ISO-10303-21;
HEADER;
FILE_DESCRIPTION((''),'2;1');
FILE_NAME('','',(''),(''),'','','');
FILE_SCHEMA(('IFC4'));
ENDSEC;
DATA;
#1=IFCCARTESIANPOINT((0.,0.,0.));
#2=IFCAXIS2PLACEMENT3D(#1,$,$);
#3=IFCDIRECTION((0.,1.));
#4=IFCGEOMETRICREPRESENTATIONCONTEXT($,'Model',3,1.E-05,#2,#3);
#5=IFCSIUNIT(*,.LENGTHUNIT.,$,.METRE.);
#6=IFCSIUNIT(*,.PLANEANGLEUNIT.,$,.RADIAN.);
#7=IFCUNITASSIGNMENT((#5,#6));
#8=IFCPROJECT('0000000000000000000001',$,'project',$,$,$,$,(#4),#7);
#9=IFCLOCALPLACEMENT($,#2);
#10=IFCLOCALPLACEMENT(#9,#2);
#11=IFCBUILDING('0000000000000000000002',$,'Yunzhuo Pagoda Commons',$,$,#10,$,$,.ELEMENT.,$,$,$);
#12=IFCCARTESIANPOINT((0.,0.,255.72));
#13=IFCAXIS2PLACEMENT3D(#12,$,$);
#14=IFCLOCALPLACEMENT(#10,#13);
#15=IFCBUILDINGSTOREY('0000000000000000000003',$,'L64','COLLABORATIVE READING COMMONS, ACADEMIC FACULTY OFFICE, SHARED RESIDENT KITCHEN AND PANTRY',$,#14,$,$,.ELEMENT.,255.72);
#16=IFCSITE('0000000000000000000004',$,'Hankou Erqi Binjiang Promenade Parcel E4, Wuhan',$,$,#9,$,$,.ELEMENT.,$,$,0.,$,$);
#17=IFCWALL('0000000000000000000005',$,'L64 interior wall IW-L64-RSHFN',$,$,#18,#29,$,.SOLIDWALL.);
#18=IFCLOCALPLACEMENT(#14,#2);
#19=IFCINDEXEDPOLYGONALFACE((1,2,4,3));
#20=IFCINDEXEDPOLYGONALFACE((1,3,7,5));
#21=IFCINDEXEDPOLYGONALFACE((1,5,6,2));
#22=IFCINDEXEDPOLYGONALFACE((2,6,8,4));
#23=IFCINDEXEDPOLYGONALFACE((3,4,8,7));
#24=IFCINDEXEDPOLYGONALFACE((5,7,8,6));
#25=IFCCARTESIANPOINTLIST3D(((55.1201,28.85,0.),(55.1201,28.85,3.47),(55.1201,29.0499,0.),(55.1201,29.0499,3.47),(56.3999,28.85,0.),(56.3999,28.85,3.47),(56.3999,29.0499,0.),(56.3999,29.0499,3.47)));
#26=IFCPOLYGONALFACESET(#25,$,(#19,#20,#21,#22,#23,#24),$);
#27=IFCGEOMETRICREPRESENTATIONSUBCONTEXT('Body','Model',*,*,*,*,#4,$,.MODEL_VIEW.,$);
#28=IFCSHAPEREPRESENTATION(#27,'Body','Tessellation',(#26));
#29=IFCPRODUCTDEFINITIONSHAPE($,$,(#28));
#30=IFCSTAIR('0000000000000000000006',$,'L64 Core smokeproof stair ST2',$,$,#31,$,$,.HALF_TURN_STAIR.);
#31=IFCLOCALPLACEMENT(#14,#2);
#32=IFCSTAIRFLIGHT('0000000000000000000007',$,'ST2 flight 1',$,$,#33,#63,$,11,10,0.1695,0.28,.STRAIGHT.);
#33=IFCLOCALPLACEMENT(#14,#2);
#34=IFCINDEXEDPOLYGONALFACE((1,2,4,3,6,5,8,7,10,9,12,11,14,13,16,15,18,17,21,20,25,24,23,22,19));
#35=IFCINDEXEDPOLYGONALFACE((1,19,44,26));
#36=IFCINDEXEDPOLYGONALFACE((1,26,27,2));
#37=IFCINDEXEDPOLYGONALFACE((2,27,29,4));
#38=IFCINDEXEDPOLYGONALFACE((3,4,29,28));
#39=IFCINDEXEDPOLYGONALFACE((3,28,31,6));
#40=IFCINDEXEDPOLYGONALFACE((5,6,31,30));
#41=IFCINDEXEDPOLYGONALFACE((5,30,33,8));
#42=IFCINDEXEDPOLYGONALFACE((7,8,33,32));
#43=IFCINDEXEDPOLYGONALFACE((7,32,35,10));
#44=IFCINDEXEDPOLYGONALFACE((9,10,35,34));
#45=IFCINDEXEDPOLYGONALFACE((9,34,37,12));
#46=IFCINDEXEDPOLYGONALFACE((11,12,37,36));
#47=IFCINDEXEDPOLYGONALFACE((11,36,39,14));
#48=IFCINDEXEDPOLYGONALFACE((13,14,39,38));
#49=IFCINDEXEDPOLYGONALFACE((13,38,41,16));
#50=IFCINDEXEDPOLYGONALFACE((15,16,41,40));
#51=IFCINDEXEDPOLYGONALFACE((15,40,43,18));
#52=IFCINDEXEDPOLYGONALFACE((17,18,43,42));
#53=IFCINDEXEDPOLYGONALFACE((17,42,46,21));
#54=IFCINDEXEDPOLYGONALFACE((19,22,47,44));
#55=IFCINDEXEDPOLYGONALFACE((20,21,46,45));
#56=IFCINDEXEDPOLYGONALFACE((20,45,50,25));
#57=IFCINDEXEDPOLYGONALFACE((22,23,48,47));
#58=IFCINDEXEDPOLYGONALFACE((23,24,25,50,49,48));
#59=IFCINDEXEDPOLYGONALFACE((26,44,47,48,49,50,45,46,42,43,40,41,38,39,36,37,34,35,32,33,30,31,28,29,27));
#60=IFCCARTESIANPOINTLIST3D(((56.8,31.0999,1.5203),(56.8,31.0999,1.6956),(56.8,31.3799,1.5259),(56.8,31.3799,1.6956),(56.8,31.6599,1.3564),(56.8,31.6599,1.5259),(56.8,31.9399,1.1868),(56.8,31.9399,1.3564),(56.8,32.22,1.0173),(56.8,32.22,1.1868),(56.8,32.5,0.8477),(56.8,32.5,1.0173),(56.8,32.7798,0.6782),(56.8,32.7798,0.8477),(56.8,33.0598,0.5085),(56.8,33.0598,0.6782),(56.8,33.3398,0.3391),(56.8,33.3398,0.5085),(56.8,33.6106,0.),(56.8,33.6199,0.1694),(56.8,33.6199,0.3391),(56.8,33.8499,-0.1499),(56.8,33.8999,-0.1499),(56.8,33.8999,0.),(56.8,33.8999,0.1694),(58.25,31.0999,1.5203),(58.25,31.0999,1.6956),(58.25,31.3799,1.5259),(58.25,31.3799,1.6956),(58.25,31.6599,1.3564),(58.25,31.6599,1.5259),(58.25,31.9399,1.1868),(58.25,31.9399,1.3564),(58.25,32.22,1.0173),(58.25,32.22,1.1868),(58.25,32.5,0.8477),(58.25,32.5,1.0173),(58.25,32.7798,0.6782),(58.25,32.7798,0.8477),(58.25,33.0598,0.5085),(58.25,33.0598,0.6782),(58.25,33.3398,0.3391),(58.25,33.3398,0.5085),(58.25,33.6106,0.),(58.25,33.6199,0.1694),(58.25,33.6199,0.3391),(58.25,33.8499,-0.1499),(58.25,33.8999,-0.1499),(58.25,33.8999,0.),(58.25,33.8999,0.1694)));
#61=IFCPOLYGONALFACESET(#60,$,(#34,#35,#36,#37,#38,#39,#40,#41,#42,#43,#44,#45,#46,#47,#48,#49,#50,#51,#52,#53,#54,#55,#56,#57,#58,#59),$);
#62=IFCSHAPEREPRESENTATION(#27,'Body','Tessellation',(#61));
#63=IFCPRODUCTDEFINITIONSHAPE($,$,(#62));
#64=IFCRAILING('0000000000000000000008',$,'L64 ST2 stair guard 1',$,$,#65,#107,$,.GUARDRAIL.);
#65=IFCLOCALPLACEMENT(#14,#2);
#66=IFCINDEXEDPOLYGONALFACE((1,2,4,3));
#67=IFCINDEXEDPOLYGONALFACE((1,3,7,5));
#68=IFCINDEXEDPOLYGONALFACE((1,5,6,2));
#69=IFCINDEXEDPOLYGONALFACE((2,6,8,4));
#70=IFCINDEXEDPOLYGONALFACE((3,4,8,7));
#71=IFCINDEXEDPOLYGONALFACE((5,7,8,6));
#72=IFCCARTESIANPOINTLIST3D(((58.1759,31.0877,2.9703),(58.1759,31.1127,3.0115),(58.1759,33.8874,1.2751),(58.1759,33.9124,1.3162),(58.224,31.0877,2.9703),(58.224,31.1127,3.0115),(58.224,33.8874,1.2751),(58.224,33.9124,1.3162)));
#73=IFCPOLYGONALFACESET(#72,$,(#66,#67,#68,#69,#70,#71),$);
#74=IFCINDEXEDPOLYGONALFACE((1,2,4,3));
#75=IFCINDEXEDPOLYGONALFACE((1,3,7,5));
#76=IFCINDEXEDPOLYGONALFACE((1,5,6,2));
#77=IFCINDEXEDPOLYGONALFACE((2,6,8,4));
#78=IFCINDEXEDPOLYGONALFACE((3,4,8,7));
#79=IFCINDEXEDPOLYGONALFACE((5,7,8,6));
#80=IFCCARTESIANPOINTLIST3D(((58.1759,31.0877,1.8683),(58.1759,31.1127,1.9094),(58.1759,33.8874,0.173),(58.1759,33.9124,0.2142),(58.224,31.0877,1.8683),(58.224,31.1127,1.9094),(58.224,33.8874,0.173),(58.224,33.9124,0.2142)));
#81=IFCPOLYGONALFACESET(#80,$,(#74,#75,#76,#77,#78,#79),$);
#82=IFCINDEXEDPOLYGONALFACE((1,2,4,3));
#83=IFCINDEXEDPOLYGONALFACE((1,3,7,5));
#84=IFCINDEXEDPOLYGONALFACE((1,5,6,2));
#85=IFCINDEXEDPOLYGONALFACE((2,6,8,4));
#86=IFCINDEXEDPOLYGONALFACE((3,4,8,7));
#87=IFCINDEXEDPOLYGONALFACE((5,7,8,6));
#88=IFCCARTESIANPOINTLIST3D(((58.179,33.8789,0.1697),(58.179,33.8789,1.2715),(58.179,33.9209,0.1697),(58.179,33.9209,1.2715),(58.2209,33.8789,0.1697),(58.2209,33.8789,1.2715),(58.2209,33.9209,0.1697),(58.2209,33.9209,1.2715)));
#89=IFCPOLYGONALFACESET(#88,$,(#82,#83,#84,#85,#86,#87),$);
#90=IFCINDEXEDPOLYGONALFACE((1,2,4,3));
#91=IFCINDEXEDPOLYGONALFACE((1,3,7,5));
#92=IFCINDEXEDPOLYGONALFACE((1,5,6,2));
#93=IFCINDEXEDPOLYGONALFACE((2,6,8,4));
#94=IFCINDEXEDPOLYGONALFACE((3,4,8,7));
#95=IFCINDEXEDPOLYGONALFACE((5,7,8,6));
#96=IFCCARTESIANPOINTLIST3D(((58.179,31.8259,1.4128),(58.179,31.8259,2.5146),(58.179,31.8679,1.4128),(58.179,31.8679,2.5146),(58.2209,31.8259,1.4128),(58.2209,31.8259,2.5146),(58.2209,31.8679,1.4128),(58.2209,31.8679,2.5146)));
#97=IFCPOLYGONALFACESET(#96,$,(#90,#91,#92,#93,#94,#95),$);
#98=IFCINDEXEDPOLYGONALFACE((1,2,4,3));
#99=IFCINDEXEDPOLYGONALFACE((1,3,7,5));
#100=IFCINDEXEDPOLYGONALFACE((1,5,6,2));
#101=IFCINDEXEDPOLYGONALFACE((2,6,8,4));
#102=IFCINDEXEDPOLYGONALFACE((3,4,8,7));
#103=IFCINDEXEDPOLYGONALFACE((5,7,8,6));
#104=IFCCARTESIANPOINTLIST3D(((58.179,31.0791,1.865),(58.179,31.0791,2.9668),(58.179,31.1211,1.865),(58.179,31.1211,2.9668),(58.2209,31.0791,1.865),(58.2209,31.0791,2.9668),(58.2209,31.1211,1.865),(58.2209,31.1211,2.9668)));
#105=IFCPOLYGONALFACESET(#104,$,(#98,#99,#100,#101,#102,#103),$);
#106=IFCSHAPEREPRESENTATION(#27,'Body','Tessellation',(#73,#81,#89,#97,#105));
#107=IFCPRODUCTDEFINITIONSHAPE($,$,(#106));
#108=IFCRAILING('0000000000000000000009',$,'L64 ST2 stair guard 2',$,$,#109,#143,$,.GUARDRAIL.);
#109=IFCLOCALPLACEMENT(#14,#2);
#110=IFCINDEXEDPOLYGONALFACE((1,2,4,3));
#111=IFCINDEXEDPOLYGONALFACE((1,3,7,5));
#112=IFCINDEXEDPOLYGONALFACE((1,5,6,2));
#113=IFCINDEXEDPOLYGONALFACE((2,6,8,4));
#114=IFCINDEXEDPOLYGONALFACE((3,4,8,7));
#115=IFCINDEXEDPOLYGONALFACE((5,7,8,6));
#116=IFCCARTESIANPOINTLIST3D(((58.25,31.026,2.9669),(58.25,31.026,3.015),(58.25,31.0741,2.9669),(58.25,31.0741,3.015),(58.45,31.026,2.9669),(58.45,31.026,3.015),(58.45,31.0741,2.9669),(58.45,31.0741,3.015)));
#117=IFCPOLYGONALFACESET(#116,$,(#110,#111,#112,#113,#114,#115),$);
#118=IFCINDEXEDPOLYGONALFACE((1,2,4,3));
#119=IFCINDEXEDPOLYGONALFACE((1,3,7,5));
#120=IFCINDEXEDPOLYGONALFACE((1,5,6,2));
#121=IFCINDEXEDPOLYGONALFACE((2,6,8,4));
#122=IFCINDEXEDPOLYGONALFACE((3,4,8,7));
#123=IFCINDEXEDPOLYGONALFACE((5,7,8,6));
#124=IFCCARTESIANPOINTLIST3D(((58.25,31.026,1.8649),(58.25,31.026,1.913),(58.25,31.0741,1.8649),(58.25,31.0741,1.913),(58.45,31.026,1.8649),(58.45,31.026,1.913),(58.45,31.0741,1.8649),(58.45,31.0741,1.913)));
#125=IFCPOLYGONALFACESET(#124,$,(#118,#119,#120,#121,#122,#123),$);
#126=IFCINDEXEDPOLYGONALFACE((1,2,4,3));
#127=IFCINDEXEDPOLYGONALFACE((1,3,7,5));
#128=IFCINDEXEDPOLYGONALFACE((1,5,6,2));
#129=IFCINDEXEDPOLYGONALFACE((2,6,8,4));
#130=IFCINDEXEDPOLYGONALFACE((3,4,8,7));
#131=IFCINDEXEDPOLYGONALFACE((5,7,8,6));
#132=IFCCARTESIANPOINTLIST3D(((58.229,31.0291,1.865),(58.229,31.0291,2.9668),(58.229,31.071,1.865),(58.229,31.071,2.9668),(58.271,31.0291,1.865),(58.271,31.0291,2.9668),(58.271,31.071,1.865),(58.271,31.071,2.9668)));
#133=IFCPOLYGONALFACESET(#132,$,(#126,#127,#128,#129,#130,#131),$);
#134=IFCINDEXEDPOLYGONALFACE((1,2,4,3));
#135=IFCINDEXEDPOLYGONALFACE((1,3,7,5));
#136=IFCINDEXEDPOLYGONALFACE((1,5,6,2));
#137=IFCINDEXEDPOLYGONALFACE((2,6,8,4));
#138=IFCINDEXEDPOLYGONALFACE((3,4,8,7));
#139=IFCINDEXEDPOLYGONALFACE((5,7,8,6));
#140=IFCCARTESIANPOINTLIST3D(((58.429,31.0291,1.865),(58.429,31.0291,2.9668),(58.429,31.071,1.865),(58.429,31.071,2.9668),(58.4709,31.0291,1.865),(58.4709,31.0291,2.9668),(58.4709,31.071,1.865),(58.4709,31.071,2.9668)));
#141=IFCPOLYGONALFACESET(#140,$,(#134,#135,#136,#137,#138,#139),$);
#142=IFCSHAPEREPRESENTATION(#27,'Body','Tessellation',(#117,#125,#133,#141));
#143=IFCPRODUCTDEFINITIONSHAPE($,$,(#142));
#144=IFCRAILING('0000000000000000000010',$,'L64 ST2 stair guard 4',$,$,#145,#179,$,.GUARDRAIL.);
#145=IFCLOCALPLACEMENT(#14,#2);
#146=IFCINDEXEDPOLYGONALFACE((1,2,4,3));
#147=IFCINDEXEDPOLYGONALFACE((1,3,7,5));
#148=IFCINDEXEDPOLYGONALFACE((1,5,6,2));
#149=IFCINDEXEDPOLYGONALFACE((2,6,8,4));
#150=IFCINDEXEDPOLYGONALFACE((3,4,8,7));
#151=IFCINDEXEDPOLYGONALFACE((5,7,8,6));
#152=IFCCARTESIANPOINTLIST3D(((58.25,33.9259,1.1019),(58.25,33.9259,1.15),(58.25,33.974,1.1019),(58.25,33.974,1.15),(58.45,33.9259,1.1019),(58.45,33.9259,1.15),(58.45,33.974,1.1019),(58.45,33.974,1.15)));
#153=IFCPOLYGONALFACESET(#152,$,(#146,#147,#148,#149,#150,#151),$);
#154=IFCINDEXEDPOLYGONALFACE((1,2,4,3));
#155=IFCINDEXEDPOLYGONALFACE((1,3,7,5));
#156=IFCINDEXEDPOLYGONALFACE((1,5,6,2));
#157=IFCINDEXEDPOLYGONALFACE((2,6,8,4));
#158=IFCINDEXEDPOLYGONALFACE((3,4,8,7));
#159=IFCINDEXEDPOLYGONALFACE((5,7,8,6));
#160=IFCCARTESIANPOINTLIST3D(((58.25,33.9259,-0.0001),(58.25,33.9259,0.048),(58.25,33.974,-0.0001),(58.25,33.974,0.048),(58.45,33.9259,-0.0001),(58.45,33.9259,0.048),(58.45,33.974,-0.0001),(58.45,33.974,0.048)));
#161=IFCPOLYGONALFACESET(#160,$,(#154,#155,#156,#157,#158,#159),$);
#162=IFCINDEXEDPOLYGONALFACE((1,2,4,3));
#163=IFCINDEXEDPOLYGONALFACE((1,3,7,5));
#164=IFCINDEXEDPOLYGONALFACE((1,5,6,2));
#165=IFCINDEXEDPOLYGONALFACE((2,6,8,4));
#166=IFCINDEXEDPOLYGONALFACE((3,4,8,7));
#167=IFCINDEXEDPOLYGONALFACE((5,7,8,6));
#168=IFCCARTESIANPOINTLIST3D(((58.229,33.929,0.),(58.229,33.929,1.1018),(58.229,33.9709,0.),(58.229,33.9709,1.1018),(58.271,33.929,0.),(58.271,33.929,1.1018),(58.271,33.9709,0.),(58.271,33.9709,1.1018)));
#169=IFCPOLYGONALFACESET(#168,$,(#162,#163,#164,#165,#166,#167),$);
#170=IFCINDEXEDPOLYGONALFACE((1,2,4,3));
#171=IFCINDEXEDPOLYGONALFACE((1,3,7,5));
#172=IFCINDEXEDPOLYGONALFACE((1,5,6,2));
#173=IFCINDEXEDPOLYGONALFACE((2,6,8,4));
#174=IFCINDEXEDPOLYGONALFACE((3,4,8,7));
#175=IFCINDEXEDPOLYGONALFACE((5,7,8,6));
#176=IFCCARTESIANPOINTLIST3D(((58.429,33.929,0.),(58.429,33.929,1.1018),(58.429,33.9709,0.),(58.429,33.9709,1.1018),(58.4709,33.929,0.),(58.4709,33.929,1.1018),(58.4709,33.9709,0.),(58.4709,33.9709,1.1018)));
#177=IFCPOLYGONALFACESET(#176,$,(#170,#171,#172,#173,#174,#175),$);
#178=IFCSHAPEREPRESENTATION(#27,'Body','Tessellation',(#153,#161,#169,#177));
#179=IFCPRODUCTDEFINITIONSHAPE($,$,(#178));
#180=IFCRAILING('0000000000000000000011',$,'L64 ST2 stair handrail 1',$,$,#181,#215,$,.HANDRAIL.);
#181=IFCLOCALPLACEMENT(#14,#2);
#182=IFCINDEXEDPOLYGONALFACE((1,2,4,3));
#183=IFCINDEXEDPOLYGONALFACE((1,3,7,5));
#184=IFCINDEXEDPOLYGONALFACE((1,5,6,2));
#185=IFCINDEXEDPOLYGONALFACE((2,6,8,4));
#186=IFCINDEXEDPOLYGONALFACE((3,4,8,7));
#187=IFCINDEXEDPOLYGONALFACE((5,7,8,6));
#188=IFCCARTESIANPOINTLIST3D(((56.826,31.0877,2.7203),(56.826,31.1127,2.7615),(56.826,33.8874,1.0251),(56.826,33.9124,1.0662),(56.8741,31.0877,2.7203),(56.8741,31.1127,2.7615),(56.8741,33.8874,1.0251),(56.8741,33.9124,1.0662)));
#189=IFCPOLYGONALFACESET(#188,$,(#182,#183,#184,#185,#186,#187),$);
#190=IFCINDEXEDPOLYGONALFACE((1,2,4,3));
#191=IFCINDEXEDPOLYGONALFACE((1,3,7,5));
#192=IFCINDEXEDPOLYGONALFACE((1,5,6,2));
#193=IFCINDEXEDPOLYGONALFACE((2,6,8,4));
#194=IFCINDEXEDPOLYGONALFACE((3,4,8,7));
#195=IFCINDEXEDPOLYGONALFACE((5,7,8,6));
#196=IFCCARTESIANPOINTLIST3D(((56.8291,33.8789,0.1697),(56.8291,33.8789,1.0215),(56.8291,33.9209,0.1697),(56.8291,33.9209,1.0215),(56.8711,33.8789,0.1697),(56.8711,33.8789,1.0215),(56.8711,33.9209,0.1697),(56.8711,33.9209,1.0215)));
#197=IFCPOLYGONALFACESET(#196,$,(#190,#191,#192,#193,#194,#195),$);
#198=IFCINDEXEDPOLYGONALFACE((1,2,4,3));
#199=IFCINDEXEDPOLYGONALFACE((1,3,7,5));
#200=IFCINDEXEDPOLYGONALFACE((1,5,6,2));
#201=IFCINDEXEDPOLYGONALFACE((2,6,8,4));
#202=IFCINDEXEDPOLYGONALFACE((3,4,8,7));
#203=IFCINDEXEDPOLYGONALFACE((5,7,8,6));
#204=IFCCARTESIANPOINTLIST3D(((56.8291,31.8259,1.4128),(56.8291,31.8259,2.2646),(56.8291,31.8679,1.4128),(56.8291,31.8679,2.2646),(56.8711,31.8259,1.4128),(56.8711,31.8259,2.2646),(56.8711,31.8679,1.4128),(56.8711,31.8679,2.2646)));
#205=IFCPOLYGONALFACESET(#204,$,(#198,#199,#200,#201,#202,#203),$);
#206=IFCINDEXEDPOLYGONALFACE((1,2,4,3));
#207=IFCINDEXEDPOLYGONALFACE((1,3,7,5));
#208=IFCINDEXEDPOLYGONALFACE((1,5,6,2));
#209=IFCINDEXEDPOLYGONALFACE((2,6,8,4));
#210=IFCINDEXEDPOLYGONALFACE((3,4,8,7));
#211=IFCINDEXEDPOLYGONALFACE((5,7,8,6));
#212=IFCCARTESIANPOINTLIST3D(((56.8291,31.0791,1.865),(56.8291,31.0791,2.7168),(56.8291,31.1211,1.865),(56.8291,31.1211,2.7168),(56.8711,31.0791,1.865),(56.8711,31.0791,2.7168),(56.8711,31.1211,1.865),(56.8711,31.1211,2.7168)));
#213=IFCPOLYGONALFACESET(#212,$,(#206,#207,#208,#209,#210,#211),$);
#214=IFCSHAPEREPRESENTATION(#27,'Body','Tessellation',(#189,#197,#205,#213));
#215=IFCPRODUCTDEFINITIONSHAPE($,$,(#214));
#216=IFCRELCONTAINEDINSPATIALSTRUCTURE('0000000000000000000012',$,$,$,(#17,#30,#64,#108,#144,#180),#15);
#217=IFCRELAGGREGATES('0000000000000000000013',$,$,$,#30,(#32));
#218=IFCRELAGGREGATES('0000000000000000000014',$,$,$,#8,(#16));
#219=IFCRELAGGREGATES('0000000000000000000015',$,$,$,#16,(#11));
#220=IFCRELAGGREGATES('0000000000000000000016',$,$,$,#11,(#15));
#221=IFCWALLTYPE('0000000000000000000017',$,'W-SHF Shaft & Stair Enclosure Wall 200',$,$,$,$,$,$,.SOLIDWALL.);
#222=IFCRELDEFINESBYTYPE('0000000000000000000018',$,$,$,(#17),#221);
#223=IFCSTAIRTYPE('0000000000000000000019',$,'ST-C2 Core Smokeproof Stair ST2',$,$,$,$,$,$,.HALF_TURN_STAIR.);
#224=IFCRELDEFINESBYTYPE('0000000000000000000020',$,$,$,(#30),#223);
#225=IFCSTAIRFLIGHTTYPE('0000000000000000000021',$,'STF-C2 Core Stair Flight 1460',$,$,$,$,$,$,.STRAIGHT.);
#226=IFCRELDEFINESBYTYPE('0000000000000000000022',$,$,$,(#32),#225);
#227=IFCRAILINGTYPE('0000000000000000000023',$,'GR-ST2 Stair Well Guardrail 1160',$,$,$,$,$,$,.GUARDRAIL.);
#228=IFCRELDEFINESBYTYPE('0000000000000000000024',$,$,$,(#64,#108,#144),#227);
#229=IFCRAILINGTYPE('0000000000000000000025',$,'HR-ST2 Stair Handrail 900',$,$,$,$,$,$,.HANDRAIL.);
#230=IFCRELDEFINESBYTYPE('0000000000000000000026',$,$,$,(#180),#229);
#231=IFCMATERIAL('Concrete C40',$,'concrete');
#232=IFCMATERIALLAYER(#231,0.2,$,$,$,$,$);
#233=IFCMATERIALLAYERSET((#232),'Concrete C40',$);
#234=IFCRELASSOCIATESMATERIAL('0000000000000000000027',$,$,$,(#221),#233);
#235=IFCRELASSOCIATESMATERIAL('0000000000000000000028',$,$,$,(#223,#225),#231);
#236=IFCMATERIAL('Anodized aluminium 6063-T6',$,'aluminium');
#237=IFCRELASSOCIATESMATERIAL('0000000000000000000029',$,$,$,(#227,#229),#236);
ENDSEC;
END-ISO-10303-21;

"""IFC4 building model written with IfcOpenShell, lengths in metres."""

from ifc_helpers import new_model, si_unit, direction, frame, frame_2d, origin, origin_2d, place, context, subcontext, project, spatial, polyline, rectangle, outline, extrude, source, transform, mapped, material, layer, layer_set, type_object, element, aggregate, save


model = new_model("IFC4")

# Units and contexts
model_context = context("Model", 3, precision=1e-05, world=origin(), true_north=direction((0.0, 1.0)))
body_context = subcontext(model_context, "Body", "Model", "MODEL_VIEW")
ifc_project = project(units=[si_unit("LENGTHUNIT", "METRE"), si_unit("PLANEANGLEUNIT", "RADIAN")], contexts=[model_context])

# Site, building, storey
site_placement = place(None, origin())
site = spatial("IfcSite", under=ifc_project, at=site_placement, Name="Hankou Erqi Binjiang Promenade Parcel E4, Wuhan", CompositionType="ELEMENT", RefElevation=0.0)
building_placement = place(site_placement, origin())
building = spatial("IfcBuilding", under=site, at=building_placement, Name="Yunzhuo Pagoda Commons", CompositionType="ELEMENT")
storey_placement = place(building_placement, frame((0.0, 0.0, 255.72)))
storey = spatial("IfcBuildingStorey", under=building, at=storey_placement, Name="L64", Description="COLLABORATIVE READING COMMONS, ACADEMIC FACULTY OFFICE, SHARED RESIDENT KITCHEN AND PANTRY", CompositionType="ELEMENT", Elevation=255.72)

# Shared definitions
ifc_material_1 = material(Name="Concrete C40", Category="concrete")
ifc_layer_1 = layer(ifc_material_1, 0.2)
ifc_layer_set_1 = layer_set([ifc_layer_1], Name="Concrete C40")
wall_type_1 = type_object("IfcWallType", Name="W-SHF Shaft & Stair Enclosure Wall 200", PredefinedType="SOLIDWALL", material=ifc_layer_set_1)

# Wall
wall_1_placement = place(storey_placement, frame((55.1201, 28.95, 0.0), z_axis=(0.0, 0.0, 1.0), x_axis=(1.0, 0.0, 0.0)))
element("IfcWall", 1, at=wall_1_placement, inside=storey, type_object=wall_type_1, Name="L64 interior wall IW-L64-RSHFN", PredefinedType="SOLIDWALL", context=body_context, shape_type="SweptSolid", body=[
    extrude(rectangle(XDim=1.2798, YDim=0.2, at=frame_2d((0.6399, 0.0))), origin(), (0.0, 0.0, 1.0), 3.47),
])

# Stair, stair flight
stair_type = type_object("IfcStairType", Name="ST-C2 Core Smokeproof Stair ST2", PredefinedType="HALF_TURN_STAIR", material=ifc_material_1)
stair_placement = place(storey_placement, origin())
stair = element("IfcStair", 2, at=stair_placement, inside=storey, type_object=stair_type, Name="L64 Core smokeproof stair ST2", PredefinedType="HALF_TURN_STAIR")
stair_flight_type = type_object("IfcStairFlightType", Name="STF-C2 Core Stair Flight 1460", PredefinedType="STRAIGHT", material=ifc_material_1)
shared_shape_1 = source(origin(), body_context, "Body", "SweptSolid", [
    extrude(outline(polyline([(0.0, -0.1499), (0.0, 0.0), (0.0, 0.1694), (0.28, 0.1694), (0.28, 0.3391), (0.5601, 0.3391), (0.5601, 0.5085), (0.8401, 0.5085), (0.8401, 0.6782), (1.1201, 0.6782), (1.1201, 0.8477), (1.3999, 0.8477), (1.3999, 1.0173), (1.6799, 1.0173), (1.6799, 1.1868), (1.96, 1.1868), (1.96, 1.3564), (2.24, 1.3564), (2.24, 1.5259), (2.52, 1.5259), (2.52, 1.6956), (2.8, 1.6956), (2.8, 1.865), (2.8, 1.5203), (0.2893, 0.0), (0.05, -0.1499), (0.0, -0.1499)])), frame((0.0, 0.7251, 0.0), z_axis=(0.0, -1.0, 0.0), x_axis=(1.0, 0.0, 0.0)), (0.0, 0.0, 1.0), 1.45),
])
stair_flight_placement = place(storey_placement, frame((57.5249, 33.8999, 0.0), z_axis=(0.0, 0.0, 1.0), x_axis=(0.0, -1.0, 0.0)))
stair_flight = element("IfcStairFlight", 3, at=stair_flight_placement, type_object=stair_flight_type, Name="ST2 flight 1", NumberOfRisers=11, NumberOfTreads=10, PredefinedType="STRAIGHT", RiserHeight=0.1695, TreadLength=0.28, context=body_context, shape_type="MappedRepresentation", body=[
    mapped(shared_shape_1, transform((0.0, 0.0, 0.0), scale=1.0)),
])
aggregate(stair, [stair_flight])

# Railings
ifc_material_2 = material(Name="Anodized aluminium 6063-T6", Category="aluminium")
railing_type_1 = type_object("IfcRailingType", Name="GR-ST2 Stair Well Guardrail 1160", PredefinedType="GUARDRAIL", material=ifc_material_2)
railing_1_placement = place(storey_placement, frame((58.2, 33.8999, 0.1697)))
element("IfcRailing", 4, at=railing_1_placement, inside=storey, type_object=railing_type_1, Name="L64 ST2 stair guard 1", PredefinedType="GUARDRAIL", context=body_context, shape_type="SweptSolid", body=[
    extrude(rectangle(XDim=0.0481, YDim=0.0481, at=origin_2d()), frame((0.0, 0.0, 1.126), z_axis=(0.0, -0.855406, 0.517958), x_axis=(1.0, 0.0, 0.0)), (0.0, 0.0, 1.0), 3.2729),
    extrude(rectangle(XDim=0.0481, YDim=0.0481, at=origin_2d()), frame((0.0, 0.0, 0.0239), z_axis=(0.0, -0.855406, 0.517958), x_axis=(1.0, 0.0, 0.0)), (0.0, 0.0, 1.0), 3.2729),
    extrude(rectangle(XDim=0.042, YDim=0.042, at=origin_2d()), origin(), (0.0, 0.0, 1.0), 1.1018),
    extrude(rectangle(XDim=0.042, YDim=0.042, at=origin_2d()), frame((0.0, -2.053, 1.2432)), (0.0, 0.0, 1.0), 1.1018),
    extrude(rectangle(XDim=0.042, YDim=0.042, at=origin_2d()), frame((0.0, -2.7998, 1.6953)), (0.0, 0.0, 1.0), 1.1018),
])
for number, where, name in (
    (5, (58.25, 31.05, 1.865), "L64 ST2 stair guard 2"),
    (6, (58.25, 33.95, 0.0), "L64 ST2 stair guard 4"),
):
    element("IfcRailing", number, at=place(storey_placement, frame(where)), inside=storey, type_object=railing_type_1, Name=name, PredefinedType="GUARDRAIL", context=body_context, shape_type="SweptSolid", body=[
        extrude(rectangle(XDim=0.0481, YDim=0.0481, at=origin_2d()), frame((0.0, 0.0, 1.126), z_axis=(1.0, 0.0, 0.0), x_axis=(0.0, 1.0, 0.0)), (0.0, 0.0, 1.0), 0.2),
        extrude(rectangle(XDim=0.0481, YDim=0.0481, at=origin_2d()), frame((0.0, 0.0, 0.0239), z_axis=(1.0, 0.0, 0.0), x_axis=(0.0, 1.0, 0.0)), (0.0, 0.0, 1.0), 0.2),
        extrude(rectangle(XDim=0.042, YDim=0.042, at=origin_2d()), origin(), (0.0, 0.0, 1.0), 1.1018),
        extrude(rectangle(XDim=0.042, YDim=0.042, at=origin_2d()), frame((0.2, 0.0, 0.0)), (0.0, 0.0, 1.0), 1.1018),
    ])
railing_type_2 = type_object("IfcRailingType", Name="HR-ST2 Stair Handrail 900", PredefinedType="HANDRAIL", material=ifc_material_2)
railing_2_placement = place(storey_placement, frame((56.8501, 33.8999, 0.1697)))
element("IfcRailing", 7, at=railing_2_placement, inside=storey, type_object=railing_type_2, Name="L64 ST2 stair handrail 1", PredefinedType="HANDRAIL", context=body_context, shape_type="SweptSolid", body=[
    extrude(rectangle(XDim=0.0481, YDim=0.0481, at=origin_2d()), frame((0.0, 0.0, 0.876), z_axis=(0.0, -0.855406, 0.517958), x_axis=(1.0, 0.0, 0.0)), (0.0, 0.0, 1.0), 3.2729),
    extrude(rectangle(XDim=0.042, YDim=0.042, at=origin_2d()), origin(), (0.0, 0.0, 1.0), 0.8518),
    extrude(rectangle(XDim=0.042, YDim=0.042, at=origin_2d()), frame((0.0, -2.053, 1.2432)), (0.0, 0.0, 1.0), 0.8518),
    extrude(rectangle(XDim=0.042, YDim=0.042, at=origin_2d()), frame((0.0, -2.7998, 1.6953)), (0.0, 0.0, 1.0), 0.8518),
])

save(model, "model.ifc")
